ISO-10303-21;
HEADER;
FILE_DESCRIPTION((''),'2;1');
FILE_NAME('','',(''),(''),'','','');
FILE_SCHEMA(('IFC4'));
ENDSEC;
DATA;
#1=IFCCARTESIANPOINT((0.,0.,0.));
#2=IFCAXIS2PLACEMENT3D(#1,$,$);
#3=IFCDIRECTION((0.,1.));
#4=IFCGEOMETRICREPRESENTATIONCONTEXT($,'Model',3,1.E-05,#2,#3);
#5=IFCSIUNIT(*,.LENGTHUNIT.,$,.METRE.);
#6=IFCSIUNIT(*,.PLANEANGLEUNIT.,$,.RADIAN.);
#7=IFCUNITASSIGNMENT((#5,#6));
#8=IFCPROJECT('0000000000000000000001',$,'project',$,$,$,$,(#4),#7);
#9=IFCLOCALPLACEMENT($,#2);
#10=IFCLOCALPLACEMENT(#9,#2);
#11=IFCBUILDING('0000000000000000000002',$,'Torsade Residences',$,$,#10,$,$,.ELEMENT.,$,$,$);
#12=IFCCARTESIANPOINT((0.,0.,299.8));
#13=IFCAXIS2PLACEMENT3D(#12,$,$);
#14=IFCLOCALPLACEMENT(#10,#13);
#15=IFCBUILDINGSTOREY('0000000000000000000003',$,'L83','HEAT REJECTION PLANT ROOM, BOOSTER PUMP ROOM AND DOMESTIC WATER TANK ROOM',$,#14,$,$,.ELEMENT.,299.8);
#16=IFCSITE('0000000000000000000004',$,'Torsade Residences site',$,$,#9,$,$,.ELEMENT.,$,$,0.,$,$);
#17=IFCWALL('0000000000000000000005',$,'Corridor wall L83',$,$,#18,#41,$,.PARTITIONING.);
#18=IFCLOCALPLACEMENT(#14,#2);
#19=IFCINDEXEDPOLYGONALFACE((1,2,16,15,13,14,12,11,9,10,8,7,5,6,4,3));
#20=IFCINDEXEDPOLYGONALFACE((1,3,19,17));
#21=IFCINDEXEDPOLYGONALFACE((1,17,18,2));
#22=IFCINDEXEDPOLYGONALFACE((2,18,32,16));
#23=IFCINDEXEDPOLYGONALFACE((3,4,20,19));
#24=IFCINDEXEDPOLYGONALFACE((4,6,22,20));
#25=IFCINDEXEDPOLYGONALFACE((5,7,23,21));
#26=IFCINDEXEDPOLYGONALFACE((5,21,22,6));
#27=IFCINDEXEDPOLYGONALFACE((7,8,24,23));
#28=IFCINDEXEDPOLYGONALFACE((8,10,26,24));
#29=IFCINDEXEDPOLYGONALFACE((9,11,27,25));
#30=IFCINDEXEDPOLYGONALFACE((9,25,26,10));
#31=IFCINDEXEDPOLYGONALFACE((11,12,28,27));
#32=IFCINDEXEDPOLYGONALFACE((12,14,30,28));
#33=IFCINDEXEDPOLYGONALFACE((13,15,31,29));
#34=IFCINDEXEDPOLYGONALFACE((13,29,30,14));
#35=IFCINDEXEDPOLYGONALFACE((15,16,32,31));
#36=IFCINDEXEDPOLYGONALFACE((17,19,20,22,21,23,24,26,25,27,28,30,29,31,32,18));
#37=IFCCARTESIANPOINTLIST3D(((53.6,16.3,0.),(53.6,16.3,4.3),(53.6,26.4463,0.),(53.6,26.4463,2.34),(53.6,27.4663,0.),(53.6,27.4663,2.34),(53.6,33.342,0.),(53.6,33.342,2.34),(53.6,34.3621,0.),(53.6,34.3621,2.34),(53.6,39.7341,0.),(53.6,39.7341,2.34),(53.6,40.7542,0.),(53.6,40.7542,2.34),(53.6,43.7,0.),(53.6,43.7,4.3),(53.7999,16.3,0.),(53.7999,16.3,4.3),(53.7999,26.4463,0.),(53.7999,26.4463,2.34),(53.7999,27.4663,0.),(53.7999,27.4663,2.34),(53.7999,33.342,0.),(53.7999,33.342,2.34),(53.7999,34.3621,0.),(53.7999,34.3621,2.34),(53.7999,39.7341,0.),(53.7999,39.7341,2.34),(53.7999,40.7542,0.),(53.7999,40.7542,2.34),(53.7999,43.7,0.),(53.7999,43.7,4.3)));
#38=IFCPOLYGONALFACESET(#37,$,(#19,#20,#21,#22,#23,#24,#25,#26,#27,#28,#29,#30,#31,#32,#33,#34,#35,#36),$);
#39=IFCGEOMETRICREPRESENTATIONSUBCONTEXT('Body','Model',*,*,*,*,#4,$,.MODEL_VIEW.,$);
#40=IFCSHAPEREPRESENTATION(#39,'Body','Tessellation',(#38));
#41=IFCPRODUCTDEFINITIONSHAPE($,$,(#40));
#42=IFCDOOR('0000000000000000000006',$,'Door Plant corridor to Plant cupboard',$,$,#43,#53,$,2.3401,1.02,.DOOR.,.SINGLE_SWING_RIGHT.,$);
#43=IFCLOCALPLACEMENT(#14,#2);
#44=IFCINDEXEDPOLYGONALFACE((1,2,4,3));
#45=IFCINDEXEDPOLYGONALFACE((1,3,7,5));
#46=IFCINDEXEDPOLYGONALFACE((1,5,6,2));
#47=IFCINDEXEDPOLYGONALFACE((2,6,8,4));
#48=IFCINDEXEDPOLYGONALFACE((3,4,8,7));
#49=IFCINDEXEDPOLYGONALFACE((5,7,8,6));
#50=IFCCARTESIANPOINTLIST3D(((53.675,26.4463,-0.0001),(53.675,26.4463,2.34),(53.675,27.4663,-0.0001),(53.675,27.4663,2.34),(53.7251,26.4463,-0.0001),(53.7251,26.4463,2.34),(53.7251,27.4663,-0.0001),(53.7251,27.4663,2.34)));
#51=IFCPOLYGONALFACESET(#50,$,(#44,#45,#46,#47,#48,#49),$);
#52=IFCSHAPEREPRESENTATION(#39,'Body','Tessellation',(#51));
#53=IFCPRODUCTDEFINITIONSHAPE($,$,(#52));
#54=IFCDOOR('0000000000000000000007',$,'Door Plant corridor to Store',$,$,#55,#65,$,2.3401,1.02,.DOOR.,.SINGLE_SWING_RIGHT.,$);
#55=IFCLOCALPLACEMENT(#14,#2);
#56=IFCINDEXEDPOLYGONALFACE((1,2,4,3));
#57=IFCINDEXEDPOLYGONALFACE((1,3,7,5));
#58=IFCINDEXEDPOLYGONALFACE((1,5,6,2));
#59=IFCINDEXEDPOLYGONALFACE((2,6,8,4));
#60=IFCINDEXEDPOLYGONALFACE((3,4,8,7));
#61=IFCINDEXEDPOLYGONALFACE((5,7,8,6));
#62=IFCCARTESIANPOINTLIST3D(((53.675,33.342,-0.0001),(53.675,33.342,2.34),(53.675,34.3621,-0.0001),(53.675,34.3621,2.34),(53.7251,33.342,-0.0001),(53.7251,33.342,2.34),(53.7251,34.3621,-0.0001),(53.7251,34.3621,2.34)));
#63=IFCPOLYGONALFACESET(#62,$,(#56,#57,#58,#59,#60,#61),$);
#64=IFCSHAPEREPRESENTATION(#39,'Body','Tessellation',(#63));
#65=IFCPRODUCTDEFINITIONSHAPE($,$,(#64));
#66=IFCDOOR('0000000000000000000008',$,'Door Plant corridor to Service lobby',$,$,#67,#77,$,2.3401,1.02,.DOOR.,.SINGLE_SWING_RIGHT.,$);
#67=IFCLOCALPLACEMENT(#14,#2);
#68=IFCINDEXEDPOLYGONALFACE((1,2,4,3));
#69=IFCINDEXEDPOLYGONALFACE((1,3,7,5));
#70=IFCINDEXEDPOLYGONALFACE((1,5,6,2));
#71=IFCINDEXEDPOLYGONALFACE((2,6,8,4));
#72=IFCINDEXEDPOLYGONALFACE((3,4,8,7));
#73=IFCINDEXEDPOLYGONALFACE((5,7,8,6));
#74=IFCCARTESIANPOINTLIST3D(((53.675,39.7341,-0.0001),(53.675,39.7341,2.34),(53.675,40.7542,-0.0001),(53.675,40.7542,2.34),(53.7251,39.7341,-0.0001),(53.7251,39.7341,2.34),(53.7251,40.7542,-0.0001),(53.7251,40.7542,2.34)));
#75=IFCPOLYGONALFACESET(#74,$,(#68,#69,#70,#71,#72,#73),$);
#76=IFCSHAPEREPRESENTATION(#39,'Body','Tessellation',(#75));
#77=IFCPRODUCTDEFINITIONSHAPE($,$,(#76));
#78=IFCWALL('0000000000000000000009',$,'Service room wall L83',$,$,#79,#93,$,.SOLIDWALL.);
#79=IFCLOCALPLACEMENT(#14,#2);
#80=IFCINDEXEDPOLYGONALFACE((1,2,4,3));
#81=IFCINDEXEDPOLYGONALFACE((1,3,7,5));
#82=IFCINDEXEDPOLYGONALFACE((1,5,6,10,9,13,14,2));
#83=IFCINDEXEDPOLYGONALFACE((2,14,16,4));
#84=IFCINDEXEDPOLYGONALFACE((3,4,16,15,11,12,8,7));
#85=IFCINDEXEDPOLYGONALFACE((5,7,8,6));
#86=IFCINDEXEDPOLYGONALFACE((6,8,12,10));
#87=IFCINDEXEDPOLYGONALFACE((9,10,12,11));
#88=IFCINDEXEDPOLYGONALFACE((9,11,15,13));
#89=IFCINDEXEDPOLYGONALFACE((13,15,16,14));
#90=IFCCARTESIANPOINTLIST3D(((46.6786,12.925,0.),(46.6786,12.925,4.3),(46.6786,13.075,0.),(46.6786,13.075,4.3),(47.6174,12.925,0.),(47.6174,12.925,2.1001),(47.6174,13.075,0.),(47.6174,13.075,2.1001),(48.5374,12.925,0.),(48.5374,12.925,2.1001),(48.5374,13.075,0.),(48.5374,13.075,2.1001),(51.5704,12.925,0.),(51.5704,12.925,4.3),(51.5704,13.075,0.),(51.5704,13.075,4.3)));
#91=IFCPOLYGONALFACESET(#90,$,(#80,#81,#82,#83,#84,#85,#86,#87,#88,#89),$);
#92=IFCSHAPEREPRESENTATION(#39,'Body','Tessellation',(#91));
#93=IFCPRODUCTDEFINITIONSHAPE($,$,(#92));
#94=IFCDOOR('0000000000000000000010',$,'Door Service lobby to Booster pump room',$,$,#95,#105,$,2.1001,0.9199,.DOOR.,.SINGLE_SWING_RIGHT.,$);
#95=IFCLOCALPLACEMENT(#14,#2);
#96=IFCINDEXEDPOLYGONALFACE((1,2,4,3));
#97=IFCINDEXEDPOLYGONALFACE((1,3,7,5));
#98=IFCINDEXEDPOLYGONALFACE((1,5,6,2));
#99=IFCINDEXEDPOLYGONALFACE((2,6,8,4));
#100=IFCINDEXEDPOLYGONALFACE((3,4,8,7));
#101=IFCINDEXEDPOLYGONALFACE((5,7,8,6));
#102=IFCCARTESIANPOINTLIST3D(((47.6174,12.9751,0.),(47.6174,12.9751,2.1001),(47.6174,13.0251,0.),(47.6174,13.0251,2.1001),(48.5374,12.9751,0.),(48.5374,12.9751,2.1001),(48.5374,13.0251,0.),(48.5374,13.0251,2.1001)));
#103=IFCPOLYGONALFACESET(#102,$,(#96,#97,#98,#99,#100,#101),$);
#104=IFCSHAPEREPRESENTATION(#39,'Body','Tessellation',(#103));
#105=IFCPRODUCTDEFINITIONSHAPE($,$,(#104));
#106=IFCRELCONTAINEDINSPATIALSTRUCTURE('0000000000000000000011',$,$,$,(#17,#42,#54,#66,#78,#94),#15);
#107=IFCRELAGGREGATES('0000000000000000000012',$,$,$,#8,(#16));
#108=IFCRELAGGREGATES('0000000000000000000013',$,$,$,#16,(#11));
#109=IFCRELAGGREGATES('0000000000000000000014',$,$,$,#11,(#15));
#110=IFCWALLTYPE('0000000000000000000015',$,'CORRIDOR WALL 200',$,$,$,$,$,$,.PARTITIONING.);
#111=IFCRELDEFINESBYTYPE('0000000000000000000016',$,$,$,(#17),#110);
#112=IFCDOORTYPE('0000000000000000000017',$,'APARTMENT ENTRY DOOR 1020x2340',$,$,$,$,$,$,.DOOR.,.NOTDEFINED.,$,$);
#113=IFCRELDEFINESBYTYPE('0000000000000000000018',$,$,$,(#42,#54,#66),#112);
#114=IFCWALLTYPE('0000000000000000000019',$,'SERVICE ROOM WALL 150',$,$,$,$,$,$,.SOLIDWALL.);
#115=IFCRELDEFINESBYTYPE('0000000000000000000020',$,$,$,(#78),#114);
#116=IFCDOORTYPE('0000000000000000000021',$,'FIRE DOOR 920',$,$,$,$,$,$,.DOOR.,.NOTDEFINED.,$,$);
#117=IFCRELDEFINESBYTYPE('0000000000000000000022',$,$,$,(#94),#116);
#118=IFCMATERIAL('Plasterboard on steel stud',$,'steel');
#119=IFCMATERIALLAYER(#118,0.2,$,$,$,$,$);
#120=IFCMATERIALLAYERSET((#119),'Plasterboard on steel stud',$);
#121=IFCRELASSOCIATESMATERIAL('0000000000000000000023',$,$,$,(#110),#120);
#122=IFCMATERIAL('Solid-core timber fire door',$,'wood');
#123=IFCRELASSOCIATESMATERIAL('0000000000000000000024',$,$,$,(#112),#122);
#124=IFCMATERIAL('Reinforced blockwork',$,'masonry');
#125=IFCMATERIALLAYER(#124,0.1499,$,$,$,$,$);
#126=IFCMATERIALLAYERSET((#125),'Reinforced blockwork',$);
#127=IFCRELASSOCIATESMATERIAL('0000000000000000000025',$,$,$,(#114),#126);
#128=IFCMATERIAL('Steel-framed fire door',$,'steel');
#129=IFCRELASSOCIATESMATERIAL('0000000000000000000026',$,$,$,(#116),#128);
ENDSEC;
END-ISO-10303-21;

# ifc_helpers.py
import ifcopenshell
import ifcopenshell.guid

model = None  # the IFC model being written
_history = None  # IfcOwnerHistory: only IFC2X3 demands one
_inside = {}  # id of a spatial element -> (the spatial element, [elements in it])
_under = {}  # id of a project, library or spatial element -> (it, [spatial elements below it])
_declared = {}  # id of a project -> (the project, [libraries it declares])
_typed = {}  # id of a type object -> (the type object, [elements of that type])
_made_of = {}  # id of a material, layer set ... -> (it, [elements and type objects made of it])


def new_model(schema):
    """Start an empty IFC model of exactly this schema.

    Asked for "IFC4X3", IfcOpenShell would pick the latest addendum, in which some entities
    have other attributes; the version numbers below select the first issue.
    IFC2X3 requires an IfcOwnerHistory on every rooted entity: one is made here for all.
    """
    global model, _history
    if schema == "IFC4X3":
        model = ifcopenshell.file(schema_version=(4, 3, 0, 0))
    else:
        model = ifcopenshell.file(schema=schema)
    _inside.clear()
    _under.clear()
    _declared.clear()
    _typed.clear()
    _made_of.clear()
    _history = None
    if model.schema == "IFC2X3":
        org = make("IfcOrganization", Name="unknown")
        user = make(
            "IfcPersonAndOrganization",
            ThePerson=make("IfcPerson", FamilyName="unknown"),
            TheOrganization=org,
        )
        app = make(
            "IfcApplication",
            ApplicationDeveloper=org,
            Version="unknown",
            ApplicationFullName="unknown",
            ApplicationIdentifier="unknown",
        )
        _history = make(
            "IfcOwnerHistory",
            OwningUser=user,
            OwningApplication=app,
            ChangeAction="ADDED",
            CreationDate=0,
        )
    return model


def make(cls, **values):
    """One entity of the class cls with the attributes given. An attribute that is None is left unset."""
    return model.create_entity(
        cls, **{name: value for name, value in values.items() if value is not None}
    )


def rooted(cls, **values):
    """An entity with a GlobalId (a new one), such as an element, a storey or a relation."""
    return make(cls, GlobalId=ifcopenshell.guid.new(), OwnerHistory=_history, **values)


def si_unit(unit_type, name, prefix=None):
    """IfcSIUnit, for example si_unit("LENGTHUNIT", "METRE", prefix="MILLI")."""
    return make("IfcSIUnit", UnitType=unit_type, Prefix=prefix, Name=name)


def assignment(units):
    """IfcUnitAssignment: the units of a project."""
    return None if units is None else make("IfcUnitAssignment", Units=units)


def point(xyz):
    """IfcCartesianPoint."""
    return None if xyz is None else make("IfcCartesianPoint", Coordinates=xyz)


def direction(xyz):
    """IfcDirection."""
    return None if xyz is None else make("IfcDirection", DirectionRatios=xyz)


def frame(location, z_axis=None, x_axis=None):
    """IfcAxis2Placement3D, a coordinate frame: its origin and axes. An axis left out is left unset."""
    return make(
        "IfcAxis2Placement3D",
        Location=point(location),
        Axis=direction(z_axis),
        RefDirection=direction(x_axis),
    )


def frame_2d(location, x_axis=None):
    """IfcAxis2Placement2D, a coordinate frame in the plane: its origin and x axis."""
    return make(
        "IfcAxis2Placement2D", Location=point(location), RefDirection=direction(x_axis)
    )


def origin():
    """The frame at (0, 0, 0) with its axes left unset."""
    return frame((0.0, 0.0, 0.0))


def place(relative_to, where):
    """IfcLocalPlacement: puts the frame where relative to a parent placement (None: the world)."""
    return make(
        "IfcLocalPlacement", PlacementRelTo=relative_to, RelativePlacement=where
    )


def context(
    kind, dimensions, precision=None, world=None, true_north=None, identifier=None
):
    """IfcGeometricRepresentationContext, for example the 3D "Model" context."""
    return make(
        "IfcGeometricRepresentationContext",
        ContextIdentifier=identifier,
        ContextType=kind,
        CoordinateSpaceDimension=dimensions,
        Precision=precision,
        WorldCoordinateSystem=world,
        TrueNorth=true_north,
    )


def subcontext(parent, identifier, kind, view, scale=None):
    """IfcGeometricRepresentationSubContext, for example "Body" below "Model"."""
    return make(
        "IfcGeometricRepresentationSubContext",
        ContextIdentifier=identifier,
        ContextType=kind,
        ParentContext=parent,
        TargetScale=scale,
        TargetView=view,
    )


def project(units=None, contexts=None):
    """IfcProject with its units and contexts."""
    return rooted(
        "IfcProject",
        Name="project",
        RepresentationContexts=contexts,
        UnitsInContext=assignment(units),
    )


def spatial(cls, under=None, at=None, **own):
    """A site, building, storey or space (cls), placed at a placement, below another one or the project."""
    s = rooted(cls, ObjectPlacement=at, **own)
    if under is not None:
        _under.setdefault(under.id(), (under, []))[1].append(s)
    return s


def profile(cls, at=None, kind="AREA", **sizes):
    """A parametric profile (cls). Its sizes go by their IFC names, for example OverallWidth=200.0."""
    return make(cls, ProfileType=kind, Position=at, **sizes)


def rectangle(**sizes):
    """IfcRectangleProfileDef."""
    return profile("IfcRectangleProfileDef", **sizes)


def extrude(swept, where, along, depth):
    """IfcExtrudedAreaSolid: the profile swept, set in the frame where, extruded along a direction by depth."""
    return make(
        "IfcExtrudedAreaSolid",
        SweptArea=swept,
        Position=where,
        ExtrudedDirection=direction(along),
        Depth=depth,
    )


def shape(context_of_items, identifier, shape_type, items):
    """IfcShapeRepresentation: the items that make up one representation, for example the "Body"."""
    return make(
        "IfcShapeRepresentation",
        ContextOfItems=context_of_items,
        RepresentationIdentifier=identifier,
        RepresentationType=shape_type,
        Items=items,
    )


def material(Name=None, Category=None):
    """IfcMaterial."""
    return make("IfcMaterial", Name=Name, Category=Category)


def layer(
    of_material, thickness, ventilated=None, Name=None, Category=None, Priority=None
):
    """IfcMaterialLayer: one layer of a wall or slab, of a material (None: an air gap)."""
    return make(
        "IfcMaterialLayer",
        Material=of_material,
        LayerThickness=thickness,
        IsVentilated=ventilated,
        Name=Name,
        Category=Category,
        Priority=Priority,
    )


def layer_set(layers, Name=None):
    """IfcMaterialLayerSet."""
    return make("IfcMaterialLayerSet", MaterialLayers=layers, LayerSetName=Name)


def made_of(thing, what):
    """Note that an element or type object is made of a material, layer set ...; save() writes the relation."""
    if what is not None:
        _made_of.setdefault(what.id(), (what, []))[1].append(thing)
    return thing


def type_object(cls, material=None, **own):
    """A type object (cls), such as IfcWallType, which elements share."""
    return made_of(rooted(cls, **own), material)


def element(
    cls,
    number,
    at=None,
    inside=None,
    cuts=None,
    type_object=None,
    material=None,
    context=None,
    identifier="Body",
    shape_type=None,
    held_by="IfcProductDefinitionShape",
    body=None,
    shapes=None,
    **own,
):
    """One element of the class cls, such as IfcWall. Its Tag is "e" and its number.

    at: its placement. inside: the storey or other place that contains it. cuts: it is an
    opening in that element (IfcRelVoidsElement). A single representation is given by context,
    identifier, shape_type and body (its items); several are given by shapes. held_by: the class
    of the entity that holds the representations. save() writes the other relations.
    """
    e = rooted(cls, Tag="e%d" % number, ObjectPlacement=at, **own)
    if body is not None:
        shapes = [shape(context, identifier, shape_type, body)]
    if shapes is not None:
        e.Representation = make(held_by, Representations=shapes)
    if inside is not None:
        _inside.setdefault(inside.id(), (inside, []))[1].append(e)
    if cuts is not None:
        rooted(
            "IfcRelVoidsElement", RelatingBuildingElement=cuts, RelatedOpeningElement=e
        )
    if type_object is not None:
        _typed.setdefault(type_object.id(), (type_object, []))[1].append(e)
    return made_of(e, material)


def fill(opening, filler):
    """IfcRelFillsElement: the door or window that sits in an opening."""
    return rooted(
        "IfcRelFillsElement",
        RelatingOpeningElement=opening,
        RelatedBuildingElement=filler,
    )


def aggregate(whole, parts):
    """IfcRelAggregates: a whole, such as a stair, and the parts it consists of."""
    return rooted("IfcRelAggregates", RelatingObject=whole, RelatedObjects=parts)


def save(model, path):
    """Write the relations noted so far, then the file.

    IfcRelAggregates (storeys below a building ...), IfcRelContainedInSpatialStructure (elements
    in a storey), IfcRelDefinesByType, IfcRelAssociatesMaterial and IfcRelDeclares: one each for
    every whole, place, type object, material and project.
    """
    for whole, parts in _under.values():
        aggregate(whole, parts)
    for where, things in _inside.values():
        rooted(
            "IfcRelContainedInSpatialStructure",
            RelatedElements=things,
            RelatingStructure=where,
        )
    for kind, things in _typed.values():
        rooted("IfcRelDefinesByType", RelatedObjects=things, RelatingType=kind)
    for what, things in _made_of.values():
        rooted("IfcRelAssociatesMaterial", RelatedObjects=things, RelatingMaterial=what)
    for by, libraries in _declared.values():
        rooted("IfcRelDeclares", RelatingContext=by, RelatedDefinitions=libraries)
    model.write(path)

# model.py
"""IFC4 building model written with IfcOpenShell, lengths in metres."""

from ifc_helpers import new_model, si_unit, direction, frame, frame_2d, origin, place, context, subcontext, project, spatial, rectangle, extrude, material, layer, layer_set, type_object, element, fill, save


model = new_model("IFC4")

# Units and contexts
model_context = context("Model", 3, precision=1e-05, world=origin(), true_north=direction((0.0, 1.0)))
body_context = subcontext(model_context, "Body", "Model", "MODEL_VIEW")
ifc_project = project(units=[si_unit("LENGTHUNIT", "METRE"), si_unit("PLANEANGLEUNIT", "RADIAN")], contexts=[model_context])

# Site, building, storey
site_placement = place(None, origin())
site = spatial("IfcSite", under=ifc_project, at=site_placement, Name="Torsade Residences site", CompositionType="ELEMENT", RefElevation=0.0)
building_placement = place(site_placement, origin())
building = spatial("IfcBuilding", under=site, at=building_placement, Name="Torsade Residences", CompositionType="ELEMENT")
storey_placement = place(building_placement, frame((0.0, 0.0, 299.8)))
storey = spatial("IfcBuildingStorey", under=building, at=storey_placement, Name="L83", Description="HEAT REJECTION PLANT ROOM, BOOSTER PUMP ROOM AND DOMESTIC WATER TANK ROOM", CompositionType="ELEMENT", Elevation=299.8)

# Wall, openings, doors
ifc_material_1 = material(Name="Plasterboard on steel stud", Category="steel")
ifc_layer_1 = layer(ifc_material_1, 0.2)
ifc_layer_set_1 = layer_set([ifc_layer_1], Name="Plasterboard on steel stud")
wall_type_1 = type_object("IfcWallType", Name="CORRIDOR WALL 200", PredefinedType="PARTITIONING", material=ifc_layer_set_1)
wall_1_placement = place(storey_placement, frame((53.7, 16.3, 0.0), z_axis=(0.0, 0.0, 1.0), x_axis=(0.0, 1.0, 0.0)))
wall_1 = element("IfcWall", 1, at=wall_1_placement, inside=storey, type_object=wall_type_1, Name="Corridor wall L83", PredefinedType="PARTITIONING", context=body_context, shape_type="SweptSolid", body=[
    extrude(rectangle(XDim=27.3999, YDim=0.2, at=frame_2d((13.7, 0.0))), origin(), (0.0, 0.0, 1.0), 4.3),
])
opening_1_placement = place(wall_1_placement, frame((10.1462, 0.0, 0.0)))
opening_1 = element("IfcOpeningElement", 2, at=opening_1_placement, cuts=wall_1, PredefinedType="OPENING", context=body_context, shape_type="SweptSolid", body=[
    extrude(rectangle(XDim=1.02, YDim=2.3401, at=frame_2d((0.51, 1.1699))), frame((0.0, 0.1099, 0.0), z_axis=(0.0, -1.0, 0.0), x_axis=(1.0, 0.0, 0.0)), (0.0, 0.0, 1.0), 0.22),
])
opening_2_placement = place(wall_1_placement, frame((17.042, 0.0, 0.0)))
opening_2 = element("IfcOpeningElement", 3, at=opening_2_placement, cuts=wall_1, PredefinedType="OPENING", context=body_context, shape_type="SweptSolid", body=[
    extrude(rectangle(XDim=1.02, YDim=2.3401, at=frame_2d((0.51, 1.1699))), frame((0.0, 0.1099, 0.0), z_axis=(0.0, -1.0, 0.0), x_axis=(1.0, 0.0, 0.0)), (0.0, 0.0, 1.0), 0.22),
])
opening_3_placement = place(wall_1_placement, frame((23.4341, 0.0, 0.0)))
opening_3 = element("IfcOpeningElement", 4, at=opening_3_placement, cuts=wall_1, PredefinedType="OPENING", context=body_context, shape_type="SweptSolid", body=[
    extrude(rectangle(XDim=1.02, YDim=2.3401, at=frame_2d((0.51, 1.1699))), frame((0.0, 0.1099, 0.0), z_axis=(0.0, -1.0, 0.0), x_axis=(1.0, 0.0, 0.0)), (0.0, 0.0, 1.0), 0.22),
])
ifc_material_2 = material(Name="Solid-core timber fire door", Category="wood")
door_type_1 = type_object("IfcDoorType", Name="APARTMENT ENTRY DOOR 1020x2340", OperationType="NOTDEFINED", PredefinedType="DOOR", material=ifc_material_2)
door_1_placement = place(opening_1_placement, origin())
door_1 = element("IfcDoor", 5, at=door_1_placement, inside=storey, type_object=door_type_1, Name="Door Plant corridor to Plant cupboard", OperationType="SINGLE_SWING_RIGHT", OverallHeight=2.3401, OverallWidth=1.02, PredefinedType="DOOR", context=body_context, shape_type="SweptSolid", body=[
    extrude(rectangle(XDim=1.02, YDim=2.3401, at=frame_2d((0.51, 1.1699))), frame((0.0, 0.0249, 0.0), z_axis=(0.0, -1.0, 0.0), x_axis=(1.0, 0.0, 0.0)), (0.0, 0.0, 1.0), 0.05),
])
fill(opening_1, door_1)
door_2_placement = place(opening_2_placement, origin())
door_2 = element("IfcDoor", 6, at=door_2_placement, inside=storey, type_object=door_type_1, Name="Door Plant corridor to Store", OperationType="SINGLE_SWING_RIGHT", OverallHeight=2.3401, OverallWidth=1.02, PredefinedType="DOOR", context=body_context, shape_type="SweptSolid", body=[
    extrude(rectangle(XDim=1.02, YDim=2.3401, at=frame_2d((0.51, 1.1699))), frame((0.0, 0.0249, 0.0), z_axis=(0.0, -1.0, 0.0), x_axis=(1.0, 0.0, 0.0)), (0.0, 0.0, 1.0), 0.05),
])
fill(opening_2, door_2)
door_3_placement = place(opening_3_placement, origin())
door_3 = element("IfcDoor", 7, at=door_3_placement, inside=storey, type_object=door_type_1, Name="Door Plant corridor to Service lobby", OperationType="SINGLE_SWING_RIGHT", OverallHeight=2.3401, OverallWidth=1.02, PredefinedType="DOOR", context=body_context, shape_type="SweptSolid", body=[
    extrude(rectangle(XDim=1.02, YDim=2.3401, at=frame_2d((0.51, 1.1699))), frame((0.0, 0.0249, 0.0), z_axis=(0.0, -1.0, 0.0), x_axis=(1.0, 0.0, 0.0)), (0.0, 0.0, 1.0), 0.05),
])
fill(opening_3, door_3)

# Wall, opening, door
ifc_material_3 = material(Name="Reinforced blockwork", Category="masonry")
ifc_layer_2 = layer(ifc_material_3, 0.1499)
ifc_layer_set_2 = layer_set([ifc_layer_2], Name="Reinforced blockwork")
wall_type_2 = type_object("IfcWallType", Name="SERVICE ROOM WALL 150", PredefinedType="SOLIDWALL", material=ifc_layer_set_2)
wall_2_placement = place(storey_placement, frame((51.5703, 13.0, 0.0), z_axis=(0.0, 0.0, 1.0), x_axis=(-1.0, 0.0, 0.0)))
wall_2 = element("IfcWall", 8, at=wall_2_placement, inside=storey, type_object=wall_type_2, Name="Service room wall L83", PredefinedType="SOLIDWALL", context=body_context, shape_type="SweptSolid", body=[
    extrude(rectangle(XDim=4.8918, YDim=0.1499, at=frame_2d((2.4458, 0.0))), origin(), (0.0, 0.0, 1.0), 4.3),
])
opening_4_placement = place(wall_2_placement, frame((3.033, 0.0, 0.0)))
opening_4 = element("IfcOpeningElement", 9, at=opening_4_placement, cuts=wall_2, PredefinedType="OPENING", context=body_context, shape_type="SweptSolid", body=[
    extrude(rectangle(XDim=0.9199, YDim=2.1001, at=frame_2d((0.46, 1.05))), frame((0.0, 0.085, 0.0), z_axis=(0.0, -1.0, 0.0), x_axis=(1.0, 0.0, 0.0)), (0.0, 0.0, 1.0), 0.1699),
])
ifc_material_4 = material(Name="Steel-framed fire door", Category="steel")
door_type_2 = type_object("IfcDoorType", Name="FIRE DOOR 920", OperationType="NOTDEFINED", PredefinedType="DOOR", material=ifc_material_4)
door_4_placement = place(opening_4_placement, origin())
door_4 = element("IfcDoor", 10, at=door_4_placement, inside=storey, type_object=door_type_2, Name="Door Service lobby to Booster pump room", OperationType="SINGLE_SWING_RIGHT", OverallHeight=2.1001, OverallWidth=0.9199, PredefinedType="DOOR", context=body_context, shape_type="SweptSolid", body=[
    extrude(rectangle(XDim=0.9199, YDim=2.1001, at=frame_2d((0.46, 1.05))), frame((0.0, 0.0249, 0.0), z_axis=(0.0, -1.0, 0.0), x_axis=(1.0, 0.0, 0.0)), (0.0, 0.0, 1.0), 0.05),
])
fill(opening_4, door_4)

save(model, "model.ifc")
